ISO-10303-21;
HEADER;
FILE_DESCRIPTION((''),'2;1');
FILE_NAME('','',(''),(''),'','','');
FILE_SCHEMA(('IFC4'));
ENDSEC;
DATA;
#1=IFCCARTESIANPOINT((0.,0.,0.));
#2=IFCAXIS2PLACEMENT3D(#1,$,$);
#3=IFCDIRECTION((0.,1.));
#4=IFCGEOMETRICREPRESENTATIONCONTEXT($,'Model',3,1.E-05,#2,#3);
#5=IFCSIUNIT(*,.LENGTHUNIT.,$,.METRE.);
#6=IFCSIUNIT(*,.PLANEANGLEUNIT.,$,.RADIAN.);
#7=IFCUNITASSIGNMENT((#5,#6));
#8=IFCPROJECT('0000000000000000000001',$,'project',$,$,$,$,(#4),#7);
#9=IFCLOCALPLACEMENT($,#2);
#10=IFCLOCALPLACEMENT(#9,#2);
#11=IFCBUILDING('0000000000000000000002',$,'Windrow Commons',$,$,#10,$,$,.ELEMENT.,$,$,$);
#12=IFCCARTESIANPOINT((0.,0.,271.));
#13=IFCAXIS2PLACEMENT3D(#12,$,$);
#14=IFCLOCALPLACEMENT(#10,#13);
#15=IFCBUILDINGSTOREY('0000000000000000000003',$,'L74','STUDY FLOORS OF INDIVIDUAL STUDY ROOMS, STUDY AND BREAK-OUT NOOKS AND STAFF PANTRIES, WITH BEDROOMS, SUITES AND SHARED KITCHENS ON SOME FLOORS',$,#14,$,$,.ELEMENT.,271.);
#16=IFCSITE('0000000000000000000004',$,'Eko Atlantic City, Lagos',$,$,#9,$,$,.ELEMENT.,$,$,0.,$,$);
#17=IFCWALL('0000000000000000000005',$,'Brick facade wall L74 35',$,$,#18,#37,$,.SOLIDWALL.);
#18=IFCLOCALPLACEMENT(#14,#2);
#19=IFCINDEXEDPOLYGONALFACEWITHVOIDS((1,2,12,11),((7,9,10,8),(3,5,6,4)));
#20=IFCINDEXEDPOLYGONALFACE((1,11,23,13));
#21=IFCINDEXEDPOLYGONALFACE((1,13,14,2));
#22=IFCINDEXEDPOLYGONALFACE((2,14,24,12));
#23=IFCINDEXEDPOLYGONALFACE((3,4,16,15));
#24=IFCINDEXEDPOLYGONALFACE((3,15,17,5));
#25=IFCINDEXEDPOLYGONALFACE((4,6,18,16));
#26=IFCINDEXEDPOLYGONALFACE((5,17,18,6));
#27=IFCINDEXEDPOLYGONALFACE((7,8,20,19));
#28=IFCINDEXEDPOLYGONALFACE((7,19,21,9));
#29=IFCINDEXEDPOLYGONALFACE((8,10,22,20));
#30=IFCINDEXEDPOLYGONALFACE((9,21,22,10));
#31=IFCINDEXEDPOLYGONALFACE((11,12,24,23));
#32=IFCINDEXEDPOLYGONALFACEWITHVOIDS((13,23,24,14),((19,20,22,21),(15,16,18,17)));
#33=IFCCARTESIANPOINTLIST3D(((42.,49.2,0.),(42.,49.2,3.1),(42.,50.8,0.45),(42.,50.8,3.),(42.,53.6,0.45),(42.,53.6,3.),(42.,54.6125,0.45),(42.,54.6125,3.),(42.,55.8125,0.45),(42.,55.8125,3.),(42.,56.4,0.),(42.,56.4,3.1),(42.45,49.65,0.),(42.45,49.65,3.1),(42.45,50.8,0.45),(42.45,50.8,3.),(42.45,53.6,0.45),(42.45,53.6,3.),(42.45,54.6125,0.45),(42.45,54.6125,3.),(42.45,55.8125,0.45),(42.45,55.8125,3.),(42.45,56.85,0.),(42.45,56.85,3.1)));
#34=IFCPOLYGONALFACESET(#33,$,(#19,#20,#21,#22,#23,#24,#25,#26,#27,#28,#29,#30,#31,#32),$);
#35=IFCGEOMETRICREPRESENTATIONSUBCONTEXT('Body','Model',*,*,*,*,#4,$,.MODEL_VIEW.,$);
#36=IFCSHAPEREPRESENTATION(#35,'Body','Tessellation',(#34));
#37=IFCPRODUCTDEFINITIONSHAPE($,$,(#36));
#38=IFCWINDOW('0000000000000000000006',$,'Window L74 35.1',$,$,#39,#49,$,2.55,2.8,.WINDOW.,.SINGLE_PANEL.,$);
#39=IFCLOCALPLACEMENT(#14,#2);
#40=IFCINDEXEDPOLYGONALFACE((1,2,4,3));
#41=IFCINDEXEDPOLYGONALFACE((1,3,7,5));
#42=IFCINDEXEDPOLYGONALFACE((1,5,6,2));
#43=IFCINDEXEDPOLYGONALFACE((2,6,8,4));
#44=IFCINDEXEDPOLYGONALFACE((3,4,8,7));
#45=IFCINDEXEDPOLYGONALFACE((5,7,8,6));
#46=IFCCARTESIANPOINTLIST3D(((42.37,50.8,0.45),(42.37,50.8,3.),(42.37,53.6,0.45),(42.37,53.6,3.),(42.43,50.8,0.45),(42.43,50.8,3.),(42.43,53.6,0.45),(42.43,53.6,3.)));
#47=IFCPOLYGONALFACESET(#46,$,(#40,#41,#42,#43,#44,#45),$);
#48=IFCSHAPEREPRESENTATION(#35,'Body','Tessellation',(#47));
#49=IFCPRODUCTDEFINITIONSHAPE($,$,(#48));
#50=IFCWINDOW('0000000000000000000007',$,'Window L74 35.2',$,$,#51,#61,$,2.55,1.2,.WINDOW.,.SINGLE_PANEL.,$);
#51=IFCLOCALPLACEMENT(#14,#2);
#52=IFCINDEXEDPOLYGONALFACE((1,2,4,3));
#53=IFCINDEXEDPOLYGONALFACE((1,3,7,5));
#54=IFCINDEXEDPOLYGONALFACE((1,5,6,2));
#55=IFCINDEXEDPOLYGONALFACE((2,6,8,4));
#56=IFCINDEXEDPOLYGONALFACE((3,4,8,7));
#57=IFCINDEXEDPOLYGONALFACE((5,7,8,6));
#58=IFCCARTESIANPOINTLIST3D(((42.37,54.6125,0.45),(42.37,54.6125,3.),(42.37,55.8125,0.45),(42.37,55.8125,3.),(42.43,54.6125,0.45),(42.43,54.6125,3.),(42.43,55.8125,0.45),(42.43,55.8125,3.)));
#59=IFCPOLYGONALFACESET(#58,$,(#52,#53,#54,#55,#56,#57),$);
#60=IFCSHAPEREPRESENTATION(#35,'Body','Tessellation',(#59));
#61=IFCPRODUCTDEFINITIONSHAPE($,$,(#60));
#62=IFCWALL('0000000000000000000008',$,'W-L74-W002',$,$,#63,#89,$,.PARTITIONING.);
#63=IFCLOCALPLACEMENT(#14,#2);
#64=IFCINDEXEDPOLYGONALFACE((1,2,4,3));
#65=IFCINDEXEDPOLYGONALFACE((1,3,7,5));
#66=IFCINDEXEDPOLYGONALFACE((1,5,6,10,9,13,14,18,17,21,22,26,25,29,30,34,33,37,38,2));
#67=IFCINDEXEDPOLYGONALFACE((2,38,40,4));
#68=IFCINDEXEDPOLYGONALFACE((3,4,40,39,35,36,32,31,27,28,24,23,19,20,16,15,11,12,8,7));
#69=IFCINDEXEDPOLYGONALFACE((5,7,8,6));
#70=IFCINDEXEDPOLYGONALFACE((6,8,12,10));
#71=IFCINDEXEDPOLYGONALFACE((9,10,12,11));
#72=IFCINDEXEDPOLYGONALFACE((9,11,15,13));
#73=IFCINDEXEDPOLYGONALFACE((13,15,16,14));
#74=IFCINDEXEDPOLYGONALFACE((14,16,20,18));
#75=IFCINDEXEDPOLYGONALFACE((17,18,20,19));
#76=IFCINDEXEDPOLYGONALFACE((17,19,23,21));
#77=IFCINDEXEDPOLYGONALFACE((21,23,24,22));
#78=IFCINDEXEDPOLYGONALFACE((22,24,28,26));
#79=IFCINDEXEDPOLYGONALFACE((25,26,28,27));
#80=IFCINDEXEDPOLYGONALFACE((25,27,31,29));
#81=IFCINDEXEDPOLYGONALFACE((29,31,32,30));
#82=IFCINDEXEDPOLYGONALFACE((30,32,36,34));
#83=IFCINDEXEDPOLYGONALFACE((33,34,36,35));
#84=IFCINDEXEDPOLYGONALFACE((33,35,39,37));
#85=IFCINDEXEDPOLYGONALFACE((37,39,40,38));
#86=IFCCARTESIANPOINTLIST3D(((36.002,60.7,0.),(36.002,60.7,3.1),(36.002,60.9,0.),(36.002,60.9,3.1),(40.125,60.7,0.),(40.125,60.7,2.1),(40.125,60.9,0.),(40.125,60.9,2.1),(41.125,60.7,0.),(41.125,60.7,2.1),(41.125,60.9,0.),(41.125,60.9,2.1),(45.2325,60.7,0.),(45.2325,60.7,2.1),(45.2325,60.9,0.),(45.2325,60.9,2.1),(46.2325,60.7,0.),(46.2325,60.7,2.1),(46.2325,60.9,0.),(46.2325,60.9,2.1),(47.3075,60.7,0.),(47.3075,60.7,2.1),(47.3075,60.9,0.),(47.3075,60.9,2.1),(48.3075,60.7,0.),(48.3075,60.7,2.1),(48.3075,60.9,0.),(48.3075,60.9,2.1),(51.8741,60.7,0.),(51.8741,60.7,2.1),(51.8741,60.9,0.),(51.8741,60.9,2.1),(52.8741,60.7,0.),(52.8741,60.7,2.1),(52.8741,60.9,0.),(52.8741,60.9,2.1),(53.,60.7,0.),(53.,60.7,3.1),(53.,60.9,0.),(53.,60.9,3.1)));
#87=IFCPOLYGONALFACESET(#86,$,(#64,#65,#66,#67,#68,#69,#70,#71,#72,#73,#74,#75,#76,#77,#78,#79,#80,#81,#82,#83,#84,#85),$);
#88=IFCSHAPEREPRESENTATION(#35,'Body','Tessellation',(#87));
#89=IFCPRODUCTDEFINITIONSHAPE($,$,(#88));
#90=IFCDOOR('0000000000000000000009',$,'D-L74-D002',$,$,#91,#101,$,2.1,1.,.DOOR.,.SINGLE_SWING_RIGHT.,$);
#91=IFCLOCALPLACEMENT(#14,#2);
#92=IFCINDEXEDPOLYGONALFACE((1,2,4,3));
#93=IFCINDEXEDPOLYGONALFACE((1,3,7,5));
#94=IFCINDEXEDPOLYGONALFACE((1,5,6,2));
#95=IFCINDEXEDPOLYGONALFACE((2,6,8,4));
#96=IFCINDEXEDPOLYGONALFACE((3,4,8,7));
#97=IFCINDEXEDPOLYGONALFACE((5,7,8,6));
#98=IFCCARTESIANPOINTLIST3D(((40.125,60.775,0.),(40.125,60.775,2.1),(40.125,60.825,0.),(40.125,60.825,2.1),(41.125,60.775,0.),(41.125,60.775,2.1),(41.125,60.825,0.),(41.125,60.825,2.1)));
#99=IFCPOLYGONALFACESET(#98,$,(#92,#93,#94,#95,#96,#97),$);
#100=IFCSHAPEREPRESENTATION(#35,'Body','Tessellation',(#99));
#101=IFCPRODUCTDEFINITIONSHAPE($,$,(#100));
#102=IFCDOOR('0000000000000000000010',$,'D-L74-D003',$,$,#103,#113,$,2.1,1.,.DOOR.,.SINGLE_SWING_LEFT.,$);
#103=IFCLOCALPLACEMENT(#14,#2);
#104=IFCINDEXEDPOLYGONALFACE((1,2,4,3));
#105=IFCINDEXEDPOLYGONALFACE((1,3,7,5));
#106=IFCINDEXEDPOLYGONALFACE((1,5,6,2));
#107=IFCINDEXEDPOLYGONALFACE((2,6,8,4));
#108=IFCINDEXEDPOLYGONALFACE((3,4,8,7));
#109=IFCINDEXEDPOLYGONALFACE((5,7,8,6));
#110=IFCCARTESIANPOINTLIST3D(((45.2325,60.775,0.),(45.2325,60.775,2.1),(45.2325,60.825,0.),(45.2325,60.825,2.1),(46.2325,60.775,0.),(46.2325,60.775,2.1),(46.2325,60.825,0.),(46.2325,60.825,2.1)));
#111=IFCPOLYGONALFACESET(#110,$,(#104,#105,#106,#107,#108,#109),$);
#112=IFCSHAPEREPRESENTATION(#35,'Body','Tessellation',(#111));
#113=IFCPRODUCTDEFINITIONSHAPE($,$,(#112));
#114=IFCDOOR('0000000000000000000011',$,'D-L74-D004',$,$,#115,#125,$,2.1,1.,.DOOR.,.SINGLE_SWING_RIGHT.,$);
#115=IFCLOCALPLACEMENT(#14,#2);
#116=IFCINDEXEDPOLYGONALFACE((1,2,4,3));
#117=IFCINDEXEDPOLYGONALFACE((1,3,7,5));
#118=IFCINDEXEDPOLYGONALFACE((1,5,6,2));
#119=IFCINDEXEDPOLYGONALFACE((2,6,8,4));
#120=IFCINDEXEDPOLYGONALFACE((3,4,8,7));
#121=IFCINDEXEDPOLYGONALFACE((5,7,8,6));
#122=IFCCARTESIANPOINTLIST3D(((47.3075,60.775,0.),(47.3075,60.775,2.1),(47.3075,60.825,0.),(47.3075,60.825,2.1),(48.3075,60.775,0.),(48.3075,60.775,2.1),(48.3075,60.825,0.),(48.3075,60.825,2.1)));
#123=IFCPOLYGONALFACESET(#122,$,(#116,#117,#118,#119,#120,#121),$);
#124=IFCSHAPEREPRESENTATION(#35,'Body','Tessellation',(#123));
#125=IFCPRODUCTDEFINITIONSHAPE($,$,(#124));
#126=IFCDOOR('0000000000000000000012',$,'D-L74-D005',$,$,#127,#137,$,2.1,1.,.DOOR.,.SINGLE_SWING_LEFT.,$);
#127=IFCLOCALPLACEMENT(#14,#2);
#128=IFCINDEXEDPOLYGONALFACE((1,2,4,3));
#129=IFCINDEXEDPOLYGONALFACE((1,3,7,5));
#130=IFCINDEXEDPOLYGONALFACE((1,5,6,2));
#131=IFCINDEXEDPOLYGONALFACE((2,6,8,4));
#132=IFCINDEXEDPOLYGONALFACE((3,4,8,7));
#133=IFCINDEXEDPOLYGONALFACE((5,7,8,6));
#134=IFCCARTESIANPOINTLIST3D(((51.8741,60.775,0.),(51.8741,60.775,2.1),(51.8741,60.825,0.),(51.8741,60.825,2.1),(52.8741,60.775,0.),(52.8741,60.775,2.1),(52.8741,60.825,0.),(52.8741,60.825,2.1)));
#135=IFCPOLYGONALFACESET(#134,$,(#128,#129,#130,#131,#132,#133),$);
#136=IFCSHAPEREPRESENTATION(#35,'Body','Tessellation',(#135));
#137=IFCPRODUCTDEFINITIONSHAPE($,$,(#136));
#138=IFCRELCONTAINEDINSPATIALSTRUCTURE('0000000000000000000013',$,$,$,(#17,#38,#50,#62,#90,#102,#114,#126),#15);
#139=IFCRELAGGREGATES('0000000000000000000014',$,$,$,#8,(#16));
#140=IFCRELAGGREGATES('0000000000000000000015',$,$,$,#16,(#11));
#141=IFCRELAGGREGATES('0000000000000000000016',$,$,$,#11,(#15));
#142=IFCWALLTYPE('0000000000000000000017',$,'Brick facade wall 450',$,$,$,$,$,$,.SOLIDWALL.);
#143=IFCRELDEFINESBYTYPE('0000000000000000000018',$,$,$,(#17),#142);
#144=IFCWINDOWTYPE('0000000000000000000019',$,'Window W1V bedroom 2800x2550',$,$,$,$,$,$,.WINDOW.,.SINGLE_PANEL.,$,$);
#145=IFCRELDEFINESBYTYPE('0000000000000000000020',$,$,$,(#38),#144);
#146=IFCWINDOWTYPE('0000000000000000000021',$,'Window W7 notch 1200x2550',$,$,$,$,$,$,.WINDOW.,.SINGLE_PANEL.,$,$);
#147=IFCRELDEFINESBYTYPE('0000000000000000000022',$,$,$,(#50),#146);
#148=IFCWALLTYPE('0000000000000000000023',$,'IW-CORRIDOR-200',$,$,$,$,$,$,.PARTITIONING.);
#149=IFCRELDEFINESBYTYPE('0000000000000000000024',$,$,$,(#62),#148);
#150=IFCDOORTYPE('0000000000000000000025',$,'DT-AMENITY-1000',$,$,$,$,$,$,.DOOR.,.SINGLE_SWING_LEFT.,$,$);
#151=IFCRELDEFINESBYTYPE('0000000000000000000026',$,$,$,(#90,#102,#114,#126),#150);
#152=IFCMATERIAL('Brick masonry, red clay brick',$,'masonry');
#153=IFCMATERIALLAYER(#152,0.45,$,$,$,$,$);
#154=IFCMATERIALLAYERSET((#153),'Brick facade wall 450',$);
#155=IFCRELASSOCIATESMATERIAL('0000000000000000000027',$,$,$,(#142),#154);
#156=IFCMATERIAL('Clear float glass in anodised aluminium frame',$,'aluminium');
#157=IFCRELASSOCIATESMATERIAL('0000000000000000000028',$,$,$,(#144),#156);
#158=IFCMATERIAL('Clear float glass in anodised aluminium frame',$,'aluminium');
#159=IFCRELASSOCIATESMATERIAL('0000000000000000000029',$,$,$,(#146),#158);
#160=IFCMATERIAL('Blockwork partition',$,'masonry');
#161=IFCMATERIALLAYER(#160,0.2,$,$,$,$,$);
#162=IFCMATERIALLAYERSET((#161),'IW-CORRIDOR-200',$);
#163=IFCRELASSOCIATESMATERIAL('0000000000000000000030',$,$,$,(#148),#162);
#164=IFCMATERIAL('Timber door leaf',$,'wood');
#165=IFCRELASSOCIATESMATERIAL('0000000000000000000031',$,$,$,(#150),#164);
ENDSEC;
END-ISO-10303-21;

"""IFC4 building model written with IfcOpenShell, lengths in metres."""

from ifc_helpers import new_model, si_unit, direction, frame, frame_2d, origin, place, context, subcontext, project, spatial, polyline, rectangle, outline, extrude, material, layer, layer_set, type_object, element, fill, save


model = new_model("IFC4")

# Units and contexts
model_context = context("Model", 3, precision=1e-05, world=origin(), true_north=direction((0.0, 1.0)))
body_context = subcontext(model_context, "Body", "Model", "MODEL_VIEW")
ifc_project = project(units=[si_unit("LENGTHUNIT", "METRE"), si_unit("PLANEANGLEUNIT", "RADIAN")], contexts=[model_context])

# Site, building, storey
site_placement = place(None, origin())
site = spatial("IfcSite", under=ifc_project, at=site_placement, Name="Eko Atlantic City, Lagos", CompositionType="ELEMENT", RefElevation=0.0)
building_placement = place(site_placement, origin())
building = spatial("IfcBuilding", under=site, at=building_placement, Name="Windrow Commons", CompositionType="ELEMENT")
storey_placement = place(building_placement, frame((0.0, 0.0, 271.0)))
storey = spatial("IfcBuildingStorey", under=building, at=storey_placement, Name="L74", Description="STUDY FLOORS OF INDIVIDUAL STUDY ROOMS, STUDY AND BREAK-OUT NOOKS AND STAFF PANTRIES, WITH BEDROOMS, SUITES AND SHARED KITCHENS ON SOME FLOORS", CompositionType="ELEMENT", Elevation=271.0)

# Wall, openings, windows
ifc_material_1 = material(Name="Brick masonry, red clay brick", Category="masonry")
ifc_layer_1 = layer(ifc_material_1, 0.45)
ifc_layer_set_1 = layer_set([ifc_layer_1], Name="Brick facade wall 450")
wall_type_1 = type_object("IfcWallType", Name="Brick facade wall 450", PredefinedType="SOLIDWALL", material=ifc_layer_set_1)
ifc_material_2 = material(Name="Clear float glass in anodised aluminium frame", Category="aluminium")
window_type_1 = type_object("IfcWindowType", Name="Window W1V bedroom 2800x2550", PartitioningType="SINGLE_PANEL", PredefinedType="WINDOW", material=ifc_material_2)
ifc_material_3 = material(Name="Clear float glass in anodised aluminium frame", Category="aluminium")
window_type_2 = type_object("IfcWindowType", Name="Window W7 notch 1200x2550", PartitioningType="SINGLE_PANEL", PredefinedType="WINDOW", material=ifc_material_3)
wall_1_placement = place(storey_placement, frame((42.225, 56.625, 0.0), z_axis=(0.0, 0.0, 1.0), x_axis=(0.0, -1.0, 0.0)))
wall_1 = element("IfcWall", 1, at=wall_1_placement, inside=storey, type_object=wall_type_1, Name="Brick facade wall L74 35", PredefinedType="SOLIDWALL", context=body_context, shape_type="SweptSolid", body=[
    extrude(outline(polyline([(0.225, -0.225), (7.425, -0.225), (6.975, 0.225), (-0.225, 0.225), (0.225, -0.225)])), origin(), (0.0, 0.0, 1.0), 3.1),
])
opening_1_placement = place(wall_1_placement, frame((3.025, 0.0, 0.45)))
opening_1 = element("IfcOpeningElement", 2, at=opening_1_placement, cuts=wall_1, PredefinedType="OPENING", context=body_context, shape_type="SweptSolid", body=[
    extrude(rectangle(XDim=2.8, YDim=2.55, at=frame_2d((1.4, 1.275))), frame((0.0, 0.235, 0.0), z_axis=(0.0, -1.0, 0.0), x_axis=(1.0, 0.0, 0.0)), (0.0, 0.0, 1.0), 0.47),
])
opening_2_placement = place(wall_1_placement, frame((0.8125, 0.0, 0.45)))
opening_2 = element("IfcOpeningElement", 3, at=opening_2_placement, cuts=wall_1, PredefinedType="OPENING", context=body_context, shape_type="SweptSolid", body=[
    extrude(rectangle(XDim=1.2, YDim=2.55, at=frame_2d((0.6, 1.275))), frame((0.0, 0.235, 0.0), z_axis=(0.0, -1.0, 0.0), x_axis=(1.0, 0.0, 0.0)), (0.0, 0.0, 1.0), 0.47),
])
window_1_placement = place(opening_1_placement, origin())
window_1 = element("IfcWindow", 4, at=window_1_placement, inside=storey, type_object=window_type_1, Name="Window L74 35.1", OverallHeight=2.55, OverallWidth=2.8, PartitioningType="SINGLE_PANEL", PredefinedType="WINDOW", context=body_context, shape_type="SweptSolid", body=[
    extrude(rectangle(XDim=2.8, YDim=2.55, at=frame_2d((1.4, 1.275))), frame((0.0, 0.205, 0.0), z_axis=(0.0, -1.0, 0.0), x_axis=(1.0, 0.0, 0.0)), (0.0, 0.0, 1.0), 0.06),
])
fill(opening_1, window_1)
window_2_placement = place(opening_2_placement, origin())
window_2 = element("IfcWindow", 5, at=window_2_placement, inside=storey, type_object=window_type_2, Name="Window L74 35.2", OverallHeight=2.55, OverallWidth=1.2, PartitioningType="SINGLE_PANEL", PredefinedType="WINDOW", context=body_context, shape_type="SweptSolid", body=[
    extrude(rectangle(XDim=1.2, YDim=2.55, at=frame_2d((0.6, 1.275))), frame((0.0, 0.205, 0.0), z_axis=(0.0, -1.0, 0.0), x_axis=(1.0, 0.0, 0.0)), (0.0, 0.0, 1.0), 0.06),
])
fill(opening_2, window_2)

# Wall, openings, doors
ifc_material_4 = material(Name="Blockwork partition", Category="masonry")
ifc_layer_2 = layer(ifc_material_4, 0.2)
ifc_layer_set_2 = layer_set([ifc_layer_2], Name="IW-CORRIDOR-200")
wall_type_2 = type_object("IfcWallType", Name="IW-CORRIDOR-200", PredefinedType="PARTITIONING", material=ifc_layer_set_2)
wall_2_placement = place(storey_placement, frame((36.002, 60.8, 0.0), z_axis=(0.0, 0.0, 1.0), x_axis=(1.0, 0.0, 0.0)))
wall_2 = element("IfcWall", 6, at=wall_2_placement, inside=storey, type_object=wall_type_2, Name="W-L74-W002", PredefinedType="PARTITIONING", context=body_context, shape_type="SweptSolid", body=[
    extrude(rectangle(XDim=16.998, YDim=0.2, at=frame_2d((8.499, 0.0))), origin(), (0.0, 0.0, 1.0), 3.1),
])
opening_3_placement = place(wall_2_placement, frame((4.123, 0.0, 0.0)))
opening_3 = element("IfcOpeningElement", 7, at=opening_3_placement, cuts=wall_2, PredefinedType="OPENING", context=body_context, shape_type="SweptSolid", body=[
    extrude(rectangle(XDim=1.0, YDim=2.1, at=frame_2d((0.5, 1.05))), frame((0.0, 0.11, 0.0), z_axis=(0.0, -1.0, 0.0), x_axis=(1.0, 0.0, 0.0)), (0.0, 0.0, 1.0), 0.22),
])
opening_4_placement = place(wall_2_placement, frame((9.2305, 0.0, 0.0)))
opening_4 = element("IfcOpeningElement", 8, at=opening_4_placement, cuts=wall_2, PredefinedType="OPENING", context=body_context, shape_type="SweptSolid", body=[
    extrude(rectangle(XDim=1.0, YDim=2.1, at=frame_2d((0.5, 1.05))), frame((0.0, 0.11, 0.0), z_axis=(0.0, -1.0, 0.0), x_axis=(1.0, 0.0, 0.0)), (0.0, 0.0, 1.0), 0.22),
])
opening_5_placement = place(wall_2_placement, frame((11.3055, 0.0, 0.0)))
opening_5 = element("IfcOpeningElement", 9, at=opening_5_placement, cuts=wall_2, PredefinedType="OPENING", context=body_context, shape_type="SweptSolid", body=[
    extrude(rectangle(XDim=1.0, YDim=2.1, at=frame_2d((0.5, 1.05))), frame((0.0, 0.11, 0.0), z_axis=(0.0, -1.0, 0.0), x_axis=(1.0, 0.0, 0.0)), (0.0, 0.0, 1.0), 0.22),
])
opening_6_placement = place(wall_2_placement, frame((15.8721, 0.0, 0.0)))
opening_6 = element("IfcOpeningElement", 10, at=opening_6_placement, cuts=wall_2, PredefinedType="OPENING", context=body_context, shape_type="SweptSolid", body=[
    extrude(rectangle(XDim=1.0, YDim=2.1, at=frame_2d((0.5, 1.05))), frame((0.0, 0.11, 0.0), z_axis=(0.0, -1.0, 0.0), x_axis=(1.0, 0.0, 0.0)), (0.0, 0.0, 1.0), 0.22),
])
ifc_material_5 = material(Name="Timber door leaf", Category="wood")
door_type = type_object("IfcDoorType", Name="DT-AMENITY-1000", OperationType="SINGLE_SWING_LEFT", PredefinedType="DOOR", material=ifc_material_5)
door_1_placement = place(opening_3_placement, origin())
door_1 = element("IfcDoor", 11, at=door_1_placement, inside=storey, type_object=door_type, Name="D-L74-D002", OperationType="SINGLE_SWING_RIGHT", OverallHeight=2.1, OverallWidth=1.0, PredefinedType="DOOR", context=body_context, shape_type="SweptSolid", body=[
    extrude(rectangle(XDim=1.0, YDim=2.1, at=frame_2d((0.5, 1.05))), frame((0.0, 0.025, 0.0), z_axis=(0.0, -1.0, 0.0), x_axis=(1.0, 0.0, 0.0)), (0.0, 0.0, 1.0), 0.05),
])
fill(opening_3, door_1)
door_2_placement = place(opening_4_placement, origin())
door_2 = element("IfcDoor", 12, at=door_2_placement, inside=storey, type_object=door_type, Name="D-L74-D003", OperationType="SINGLE_SWING_LEFT", OverallHeight=2.1, OverallWidth=1.0, PredefinedType="DOOR", context=body_context, shape_type="SweptSolid", body=[
    extrude(rectangle(XDim=1.0, YDim=2.1, at=frame_2d((0.5, 1.05))), frame((0.0, 0.025, 0.0), z_axis=(0.0, -1.0, 0.0), x_axis=(1.0, 0.0, 0.0)), (0.0, 0.0, 1.0), 0.05),
])
fill(opening_4, door_2)
door_3_placement = place(opening_5_placement, origin())
door_3 = element("IfcDoor", 13, at=door_3_placement, inside=storey, type_object=door_type, Name="D-L74-D004", OperationType="SINGLE_SWING_RIGHT", OverallHeight=2.1, OverallWidth=1.0, PredefinedType="DOOR", context=body_context, shape_type="SweptSolid", body=[
    extrude(rectangle(XDim=1.0, YDim=2.1, at=frame_2d((0.5, 1.05))), frame((0.0, 0.025, 0.0), z_axis=(0.0, -1.0, 0.0), x_axis=(1.0, 0.0, 0.0)), (0.0, 0.0, 1.0), 0.05),
])
fill(opening_5, door_3)
door_4_placement = place(opening_6_placement, origin())
door_4 = element("IfcDoor", 14, at=door_4_placement, inside=storey, type_object=door_type, Name="D-L74-D005", OperationType="SINGLE_SWING_LEFT", OverallHeight=2.1, OverallWidth=1.0, PredefinedType="DOOR", context=body_context, shape_type="SweptSolid", body=[
    extrude(rectangle(XDim=1.0, YDim=2.1, at=frame_2d((0.5, 1.05))), frame((0.0, 0.025, 0.0), z_axis=(0.0, -1.0, 0.0), x_axis=(1.0, 0.0, 0.0)), (0.0, 0.0, 1.0), 0.05),
])
fill(opening_6, door_4)

save(model, "model.ifc")
